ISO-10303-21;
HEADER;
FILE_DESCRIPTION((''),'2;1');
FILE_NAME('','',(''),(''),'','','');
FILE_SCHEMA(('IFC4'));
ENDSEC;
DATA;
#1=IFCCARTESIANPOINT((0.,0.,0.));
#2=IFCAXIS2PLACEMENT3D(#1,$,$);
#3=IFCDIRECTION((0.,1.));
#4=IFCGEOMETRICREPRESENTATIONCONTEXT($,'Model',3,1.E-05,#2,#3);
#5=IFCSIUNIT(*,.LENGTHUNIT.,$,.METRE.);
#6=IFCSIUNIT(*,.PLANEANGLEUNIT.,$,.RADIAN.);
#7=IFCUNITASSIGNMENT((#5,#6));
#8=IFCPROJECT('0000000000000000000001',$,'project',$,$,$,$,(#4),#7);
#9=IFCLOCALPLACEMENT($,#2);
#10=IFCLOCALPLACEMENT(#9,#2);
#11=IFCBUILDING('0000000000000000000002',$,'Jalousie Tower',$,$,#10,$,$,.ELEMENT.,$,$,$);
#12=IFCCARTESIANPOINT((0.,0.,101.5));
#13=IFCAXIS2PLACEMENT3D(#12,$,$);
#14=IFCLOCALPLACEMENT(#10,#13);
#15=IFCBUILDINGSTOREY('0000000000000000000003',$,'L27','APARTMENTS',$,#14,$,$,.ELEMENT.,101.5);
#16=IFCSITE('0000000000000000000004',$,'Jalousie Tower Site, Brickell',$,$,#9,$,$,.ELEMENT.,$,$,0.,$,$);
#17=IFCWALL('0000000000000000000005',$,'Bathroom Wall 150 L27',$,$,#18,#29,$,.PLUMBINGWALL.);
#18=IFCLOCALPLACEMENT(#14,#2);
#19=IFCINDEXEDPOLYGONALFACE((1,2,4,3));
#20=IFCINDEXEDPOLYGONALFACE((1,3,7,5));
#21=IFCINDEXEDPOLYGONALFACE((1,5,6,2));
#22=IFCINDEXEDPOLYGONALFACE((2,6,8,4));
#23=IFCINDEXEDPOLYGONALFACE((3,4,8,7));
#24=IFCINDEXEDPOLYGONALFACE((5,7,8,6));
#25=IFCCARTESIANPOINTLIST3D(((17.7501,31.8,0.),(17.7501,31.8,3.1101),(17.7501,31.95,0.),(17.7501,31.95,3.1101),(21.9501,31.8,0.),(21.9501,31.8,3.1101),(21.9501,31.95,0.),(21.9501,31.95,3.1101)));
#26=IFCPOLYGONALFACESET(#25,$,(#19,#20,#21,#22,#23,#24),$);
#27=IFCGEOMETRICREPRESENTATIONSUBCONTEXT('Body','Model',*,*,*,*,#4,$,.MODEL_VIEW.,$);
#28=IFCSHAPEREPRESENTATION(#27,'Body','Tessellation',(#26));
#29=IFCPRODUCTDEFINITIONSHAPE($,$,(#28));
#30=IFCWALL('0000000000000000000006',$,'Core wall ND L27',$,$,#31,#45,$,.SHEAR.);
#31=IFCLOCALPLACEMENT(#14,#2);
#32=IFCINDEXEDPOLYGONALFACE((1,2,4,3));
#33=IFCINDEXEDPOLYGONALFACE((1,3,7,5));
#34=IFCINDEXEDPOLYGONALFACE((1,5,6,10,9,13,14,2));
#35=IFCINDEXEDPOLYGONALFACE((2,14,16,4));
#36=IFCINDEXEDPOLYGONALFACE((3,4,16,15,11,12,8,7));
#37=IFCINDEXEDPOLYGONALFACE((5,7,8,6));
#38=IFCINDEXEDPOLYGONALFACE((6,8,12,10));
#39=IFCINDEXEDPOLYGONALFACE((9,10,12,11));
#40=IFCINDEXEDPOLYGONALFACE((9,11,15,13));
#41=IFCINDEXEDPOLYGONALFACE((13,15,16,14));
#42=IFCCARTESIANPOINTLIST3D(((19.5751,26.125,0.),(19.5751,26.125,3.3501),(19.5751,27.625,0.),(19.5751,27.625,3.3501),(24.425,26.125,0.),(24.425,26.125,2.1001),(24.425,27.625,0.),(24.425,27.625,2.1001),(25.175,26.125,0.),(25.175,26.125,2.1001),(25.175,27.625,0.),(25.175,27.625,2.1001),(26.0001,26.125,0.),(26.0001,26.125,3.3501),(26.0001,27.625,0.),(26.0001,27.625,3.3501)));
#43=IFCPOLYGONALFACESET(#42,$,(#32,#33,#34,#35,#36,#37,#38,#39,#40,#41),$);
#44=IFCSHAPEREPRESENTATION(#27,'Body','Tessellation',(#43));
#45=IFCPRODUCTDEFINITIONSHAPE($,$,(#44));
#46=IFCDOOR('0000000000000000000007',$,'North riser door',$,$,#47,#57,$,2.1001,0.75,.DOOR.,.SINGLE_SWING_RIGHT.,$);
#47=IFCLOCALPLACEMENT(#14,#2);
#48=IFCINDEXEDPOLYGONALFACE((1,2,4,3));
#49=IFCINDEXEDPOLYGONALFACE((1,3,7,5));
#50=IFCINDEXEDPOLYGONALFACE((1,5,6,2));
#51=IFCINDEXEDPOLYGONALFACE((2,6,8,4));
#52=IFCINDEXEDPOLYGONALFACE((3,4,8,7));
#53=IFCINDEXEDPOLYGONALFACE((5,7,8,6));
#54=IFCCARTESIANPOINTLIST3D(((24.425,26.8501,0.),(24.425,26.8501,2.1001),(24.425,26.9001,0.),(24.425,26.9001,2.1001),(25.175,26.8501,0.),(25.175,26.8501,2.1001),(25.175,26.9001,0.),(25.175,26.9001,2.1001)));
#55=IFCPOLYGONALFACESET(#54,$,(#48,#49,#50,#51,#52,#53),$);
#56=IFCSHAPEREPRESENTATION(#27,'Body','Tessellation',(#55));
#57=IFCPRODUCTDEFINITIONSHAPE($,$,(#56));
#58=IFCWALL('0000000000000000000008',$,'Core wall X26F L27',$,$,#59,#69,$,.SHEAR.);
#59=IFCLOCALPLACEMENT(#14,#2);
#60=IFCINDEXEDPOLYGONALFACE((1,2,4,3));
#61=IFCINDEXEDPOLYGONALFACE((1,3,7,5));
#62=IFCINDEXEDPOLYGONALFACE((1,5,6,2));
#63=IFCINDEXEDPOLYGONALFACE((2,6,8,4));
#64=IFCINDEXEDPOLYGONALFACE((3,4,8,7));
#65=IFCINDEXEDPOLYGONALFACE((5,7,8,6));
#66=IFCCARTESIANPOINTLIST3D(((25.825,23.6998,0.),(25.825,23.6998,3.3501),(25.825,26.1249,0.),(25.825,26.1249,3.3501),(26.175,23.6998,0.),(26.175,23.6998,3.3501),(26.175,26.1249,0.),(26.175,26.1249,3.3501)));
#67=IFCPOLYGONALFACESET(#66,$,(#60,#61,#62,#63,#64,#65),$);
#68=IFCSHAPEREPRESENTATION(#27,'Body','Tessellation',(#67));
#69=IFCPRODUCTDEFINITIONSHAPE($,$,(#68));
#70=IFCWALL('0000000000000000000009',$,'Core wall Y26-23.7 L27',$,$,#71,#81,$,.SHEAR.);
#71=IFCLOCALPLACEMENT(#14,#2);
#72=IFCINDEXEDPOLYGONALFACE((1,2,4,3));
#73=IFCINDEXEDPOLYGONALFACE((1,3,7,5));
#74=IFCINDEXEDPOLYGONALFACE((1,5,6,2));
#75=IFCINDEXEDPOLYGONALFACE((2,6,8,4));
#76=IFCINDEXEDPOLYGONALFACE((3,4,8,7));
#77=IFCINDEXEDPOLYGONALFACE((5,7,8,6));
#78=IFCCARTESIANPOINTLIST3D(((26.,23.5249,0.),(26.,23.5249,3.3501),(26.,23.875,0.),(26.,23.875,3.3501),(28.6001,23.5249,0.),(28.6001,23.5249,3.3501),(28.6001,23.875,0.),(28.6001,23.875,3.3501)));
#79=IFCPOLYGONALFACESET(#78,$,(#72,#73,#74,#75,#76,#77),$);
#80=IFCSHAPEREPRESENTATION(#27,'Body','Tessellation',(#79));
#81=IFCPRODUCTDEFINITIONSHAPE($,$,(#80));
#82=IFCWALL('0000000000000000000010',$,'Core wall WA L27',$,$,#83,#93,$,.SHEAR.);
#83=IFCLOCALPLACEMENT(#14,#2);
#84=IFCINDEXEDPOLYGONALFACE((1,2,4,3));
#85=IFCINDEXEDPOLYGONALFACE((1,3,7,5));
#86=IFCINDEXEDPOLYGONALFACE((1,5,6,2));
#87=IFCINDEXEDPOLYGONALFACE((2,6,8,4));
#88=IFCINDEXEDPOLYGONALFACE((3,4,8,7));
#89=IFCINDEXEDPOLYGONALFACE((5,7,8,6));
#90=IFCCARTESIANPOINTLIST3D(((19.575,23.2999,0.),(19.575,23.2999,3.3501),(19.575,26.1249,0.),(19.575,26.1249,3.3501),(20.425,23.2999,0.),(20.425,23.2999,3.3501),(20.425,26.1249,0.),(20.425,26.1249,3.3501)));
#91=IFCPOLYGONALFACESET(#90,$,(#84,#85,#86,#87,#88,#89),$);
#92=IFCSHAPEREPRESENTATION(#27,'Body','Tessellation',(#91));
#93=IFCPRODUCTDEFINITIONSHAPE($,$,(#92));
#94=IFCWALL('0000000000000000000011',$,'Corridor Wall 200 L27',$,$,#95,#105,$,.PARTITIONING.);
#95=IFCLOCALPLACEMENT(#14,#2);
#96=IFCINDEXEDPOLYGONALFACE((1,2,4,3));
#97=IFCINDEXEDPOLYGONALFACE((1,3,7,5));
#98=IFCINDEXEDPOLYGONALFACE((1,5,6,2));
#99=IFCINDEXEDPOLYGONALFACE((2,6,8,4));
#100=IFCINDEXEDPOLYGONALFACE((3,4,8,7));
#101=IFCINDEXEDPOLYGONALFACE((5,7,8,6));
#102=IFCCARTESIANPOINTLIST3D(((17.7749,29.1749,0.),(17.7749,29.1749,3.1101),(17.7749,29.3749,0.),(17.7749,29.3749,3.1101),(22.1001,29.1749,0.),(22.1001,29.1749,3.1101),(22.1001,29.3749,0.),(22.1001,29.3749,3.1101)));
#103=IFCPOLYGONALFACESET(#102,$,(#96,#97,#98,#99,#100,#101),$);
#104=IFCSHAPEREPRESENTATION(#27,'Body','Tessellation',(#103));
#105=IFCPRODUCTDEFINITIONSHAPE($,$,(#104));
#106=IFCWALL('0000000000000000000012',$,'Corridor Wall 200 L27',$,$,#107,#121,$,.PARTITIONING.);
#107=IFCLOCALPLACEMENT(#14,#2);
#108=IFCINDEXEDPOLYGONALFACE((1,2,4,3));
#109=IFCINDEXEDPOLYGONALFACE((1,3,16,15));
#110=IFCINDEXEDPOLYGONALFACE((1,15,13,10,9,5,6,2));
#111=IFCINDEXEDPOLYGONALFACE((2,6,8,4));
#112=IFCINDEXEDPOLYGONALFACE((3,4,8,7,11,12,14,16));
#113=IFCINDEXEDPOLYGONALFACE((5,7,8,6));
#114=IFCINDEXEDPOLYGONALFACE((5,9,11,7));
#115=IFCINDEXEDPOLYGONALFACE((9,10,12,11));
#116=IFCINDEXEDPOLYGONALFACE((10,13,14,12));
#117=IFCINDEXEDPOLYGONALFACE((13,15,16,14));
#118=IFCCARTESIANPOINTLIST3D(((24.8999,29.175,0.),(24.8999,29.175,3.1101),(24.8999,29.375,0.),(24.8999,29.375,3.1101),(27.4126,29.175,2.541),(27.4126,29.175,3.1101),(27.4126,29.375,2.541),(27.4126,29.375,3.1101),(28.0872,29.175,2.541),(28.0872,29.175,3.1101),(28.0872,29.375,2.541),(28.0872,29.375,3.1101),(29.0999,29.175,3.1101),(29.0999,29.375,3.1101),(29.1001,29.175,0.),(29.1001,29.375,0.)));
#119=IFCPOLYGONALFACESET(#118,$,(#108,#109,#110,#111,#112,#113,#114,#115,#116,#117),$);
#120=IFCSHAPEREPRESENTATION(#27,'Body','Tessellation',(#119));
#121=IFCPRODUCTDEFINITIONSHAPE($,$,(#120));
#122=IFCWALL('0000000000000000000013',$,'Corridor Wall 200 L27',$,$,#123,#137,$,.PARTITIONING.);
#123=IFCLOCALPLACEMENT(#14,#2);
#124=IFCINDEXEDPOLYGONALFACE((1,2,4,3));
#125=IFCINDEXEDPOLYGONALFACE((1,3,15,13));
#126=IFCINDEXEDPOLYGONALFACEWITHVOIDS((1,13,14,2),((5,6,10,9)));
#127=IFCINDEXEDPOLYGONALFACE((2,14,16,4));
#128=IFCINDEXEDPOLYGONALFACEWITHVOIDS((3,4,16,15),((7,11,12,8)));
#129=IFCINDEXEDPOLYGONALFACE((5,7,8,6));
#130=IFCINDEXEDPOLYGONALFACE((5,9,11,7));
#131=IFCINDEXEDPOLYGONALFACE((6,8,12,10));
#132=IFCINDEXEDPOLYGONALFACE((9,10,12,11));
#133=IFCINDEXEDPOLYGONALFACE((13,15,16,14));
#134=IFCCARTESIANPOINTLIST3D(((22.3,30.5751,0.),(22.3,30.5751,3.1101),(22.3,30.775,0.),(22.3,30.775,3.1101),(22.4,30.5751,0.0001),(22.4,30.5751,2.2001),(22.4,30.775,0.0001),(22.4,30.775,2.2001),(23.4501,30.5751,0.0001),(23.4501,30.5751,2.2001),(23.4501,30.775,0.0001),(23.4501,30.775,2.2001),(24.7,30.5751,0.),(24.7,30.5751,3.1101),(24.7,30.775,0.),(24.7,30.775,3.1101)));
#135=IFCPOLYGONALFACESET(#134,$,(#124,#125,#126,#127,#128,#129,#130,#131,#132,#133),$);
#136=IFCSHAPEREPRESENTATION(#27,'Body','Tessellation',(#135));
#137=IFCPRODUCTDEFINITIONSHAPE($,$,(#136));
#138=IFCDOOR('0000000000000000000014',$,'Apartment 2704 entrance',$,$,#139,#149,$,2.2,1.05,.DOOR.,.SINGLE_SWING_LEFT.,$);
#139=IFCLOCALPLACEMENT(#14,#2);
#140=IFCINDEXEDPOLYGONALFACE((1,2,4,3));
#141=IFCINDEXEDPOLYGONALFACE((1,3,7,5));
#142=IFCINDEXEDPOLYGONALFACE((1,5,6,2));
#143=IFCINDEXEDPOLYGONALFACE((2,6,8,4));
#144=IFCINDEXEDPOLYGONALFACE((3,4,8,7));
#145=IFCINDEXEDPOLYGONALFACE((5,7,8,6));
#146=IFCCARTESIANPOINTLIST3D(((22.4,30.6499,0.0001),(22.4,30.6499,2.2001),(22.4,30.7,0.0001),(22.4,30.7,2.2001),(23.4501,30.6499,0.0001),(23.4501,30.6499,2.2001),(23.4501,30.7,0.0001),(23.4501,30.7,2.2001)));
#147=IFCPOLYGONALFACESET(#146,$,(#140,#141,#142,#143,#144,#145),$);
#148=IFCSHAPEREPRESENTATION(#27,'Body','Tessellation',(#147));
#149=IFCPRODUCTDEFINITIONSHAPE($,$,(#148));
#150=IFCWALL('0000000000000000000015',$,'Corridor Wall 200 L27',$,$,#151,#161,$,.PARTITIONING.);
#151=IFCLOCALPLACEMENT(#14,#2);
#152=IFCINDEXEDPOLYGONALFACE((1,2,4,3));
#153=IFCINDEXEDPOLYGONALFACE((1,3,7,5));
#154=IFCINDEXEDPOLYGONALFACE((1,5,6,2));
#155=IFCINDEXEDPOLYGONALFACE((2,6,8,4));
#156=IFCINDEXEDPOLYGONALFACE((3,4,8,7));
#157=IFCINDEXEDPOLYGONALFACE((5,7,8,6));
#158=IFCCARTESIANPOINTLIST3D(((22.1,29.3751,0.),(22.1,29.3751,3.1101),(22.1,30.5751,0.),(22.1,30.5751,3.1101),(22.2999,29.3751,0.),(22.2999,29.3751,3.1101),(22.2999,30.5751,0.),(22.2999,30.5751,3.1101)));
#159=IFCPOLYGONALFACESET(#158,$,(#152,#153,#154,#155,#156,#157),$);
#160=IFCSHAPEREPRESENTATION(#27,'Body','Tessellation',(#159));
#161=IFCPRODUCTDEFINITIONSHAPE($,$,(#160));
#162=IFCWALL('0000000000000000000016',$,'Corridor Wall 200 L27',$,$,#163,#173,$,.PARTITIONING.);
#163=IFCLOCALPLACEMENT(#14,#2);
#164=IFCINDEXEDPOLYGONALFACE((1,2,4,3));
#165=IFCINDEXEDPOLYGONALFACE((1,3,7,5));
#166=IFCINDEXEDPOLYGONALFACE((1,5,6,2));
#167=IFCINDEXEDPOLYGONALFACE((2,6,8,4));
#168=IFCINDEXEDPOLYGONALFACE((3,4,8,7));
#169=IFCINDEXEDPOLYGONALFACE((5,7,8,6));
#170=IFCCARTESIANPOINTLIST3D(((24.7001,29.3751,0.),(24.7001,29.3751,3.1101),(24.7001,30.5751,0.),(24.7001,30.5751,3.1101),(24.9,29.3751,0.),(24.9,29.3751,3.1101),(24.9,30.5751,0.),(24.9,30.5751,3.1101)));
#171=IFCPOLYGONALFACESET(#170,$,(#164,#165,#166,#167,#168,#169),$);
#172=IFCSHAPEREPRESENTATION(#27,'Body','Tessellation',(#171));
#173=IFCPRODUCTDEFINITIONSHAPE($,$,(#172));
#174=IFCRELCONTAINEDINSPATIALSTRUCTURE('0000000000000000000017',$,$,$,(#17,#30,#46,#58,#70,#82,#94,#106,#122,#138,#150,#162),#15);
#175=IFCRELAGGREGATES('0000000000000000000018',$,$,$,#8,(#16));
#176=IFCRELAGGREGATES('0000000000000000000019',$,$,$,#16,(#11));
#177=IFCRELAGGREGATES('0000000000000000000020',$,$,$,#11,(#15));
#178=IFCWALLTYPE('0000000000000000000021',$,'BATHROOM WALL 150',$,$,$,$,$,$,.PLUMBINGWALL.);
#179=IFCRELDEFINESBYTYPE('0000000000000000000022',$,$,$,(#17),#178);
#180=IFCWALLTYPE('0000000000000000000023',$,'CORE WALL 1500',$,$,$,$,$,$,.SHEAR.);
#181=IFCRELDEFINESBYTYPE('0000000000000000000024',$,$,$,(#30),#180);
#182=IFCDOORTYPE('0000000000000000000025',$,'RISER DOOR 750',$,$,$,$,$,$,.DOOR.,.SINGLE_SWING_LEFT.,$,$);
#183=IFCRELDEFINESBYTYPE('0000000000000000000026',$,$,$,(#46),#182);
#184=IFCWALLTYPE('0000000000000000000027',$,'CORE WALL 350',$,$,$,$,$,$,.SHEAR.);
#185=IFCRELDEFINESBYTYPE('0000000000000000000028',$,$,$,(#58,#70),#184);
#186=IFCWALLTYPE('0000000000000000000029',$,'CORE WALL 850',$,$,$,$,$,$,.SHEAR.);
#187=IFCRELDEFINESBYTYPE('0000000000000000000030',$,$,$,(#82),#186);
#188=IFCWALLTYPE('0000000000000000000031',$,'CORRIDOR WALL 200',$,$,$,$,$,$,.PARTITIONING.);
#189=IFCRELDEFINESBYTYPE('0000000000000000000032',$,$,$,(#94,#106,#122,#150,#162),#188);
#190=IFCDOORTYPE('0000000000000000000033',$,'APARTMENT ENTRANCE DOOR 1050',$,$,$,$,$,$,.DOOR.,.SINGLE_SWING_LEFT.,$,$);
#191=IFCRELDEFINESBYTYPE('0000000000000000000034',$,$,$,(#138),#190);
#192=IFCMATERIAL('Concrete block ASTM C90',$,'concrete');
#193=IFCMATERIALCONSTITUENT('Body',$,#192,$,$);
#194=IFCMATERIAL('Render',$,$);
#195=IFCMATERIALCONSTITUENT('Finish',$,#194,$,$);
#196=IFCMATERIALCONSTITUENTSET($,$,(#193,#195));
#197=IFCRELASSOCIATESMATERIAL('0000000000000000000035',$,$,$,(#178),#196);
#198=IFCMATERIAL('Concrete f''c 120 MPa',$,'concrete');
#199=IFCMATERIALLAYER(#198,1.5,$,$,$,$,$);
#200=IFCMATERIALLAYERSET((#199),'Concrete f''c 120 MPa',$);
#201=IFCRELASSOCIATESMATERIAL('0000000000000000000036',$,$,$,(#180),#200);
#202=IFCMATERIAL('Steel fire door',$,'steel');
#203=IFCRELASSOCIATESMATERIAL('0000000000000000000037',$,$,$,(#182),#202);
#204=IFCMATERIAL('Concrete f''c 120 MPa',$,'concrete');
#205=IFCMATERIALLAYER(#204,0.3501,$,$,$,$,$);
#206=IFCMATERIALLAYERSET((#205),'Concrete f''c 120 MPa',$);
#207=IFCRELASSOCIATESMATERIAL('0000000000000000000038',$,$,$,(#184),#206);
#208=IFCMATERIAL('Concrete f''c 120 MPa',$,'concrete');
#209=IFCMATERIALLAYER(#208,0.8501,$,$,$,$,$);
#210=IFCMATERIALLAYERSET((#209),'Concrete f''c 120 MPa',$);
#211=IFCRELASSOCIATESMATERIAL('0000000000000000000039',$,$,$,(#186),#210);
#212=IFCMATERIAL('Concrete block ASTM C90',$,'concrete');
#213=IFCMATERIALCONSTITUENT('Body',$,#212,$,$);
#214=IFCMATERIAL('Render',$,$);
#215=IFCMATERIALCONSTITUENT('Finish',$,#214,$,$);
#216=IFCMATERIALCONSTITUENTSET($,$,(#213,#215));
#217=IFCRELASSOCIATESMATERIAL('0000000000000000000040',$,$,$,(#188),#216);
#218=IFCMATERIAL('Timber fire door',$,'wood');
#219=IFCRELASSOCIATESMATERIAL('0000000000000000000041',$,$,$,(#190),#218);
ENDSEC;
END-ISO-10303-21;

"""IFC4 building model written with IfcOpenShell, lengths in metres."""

from ifc_helpers import new_model, si_unit, direction, frame, frame_2d, origin, place, context, subcontext, project, spatial, polyline, rectangle, outline, extrude, material, layer, layer_set, constituent, constituent_set, type_object, element, fill, save


model = new_model("IFC4")

# Units and contexts
model_context = context("Model", 3, precision=1e-05, world=origin(), true_north=direction((0.0, 1.0)))
body_context = subcontext(model_context, "Body", "Model", "MODEL_VIEW")
ifc_project = project(units=[si_unit("LENGTHUNIT", "METRE"), si_unit("PLANEANGLEUNIT", "RADIAN")], contexts=[model_context])

# Site, building, storey
site_placement = place(None, origin())
site = spatial("IfcSite", under=ifc_project, at=site_placement, Name="Jalousie Tower Site, Brickell", CompositionType="ELEMENT", RefElevation=0.0)
building_placement = place(site_placement, origin())
building = spatial("IfcBuilding", under=site, at=building_placement, Name="Jalousie Tower", CompositionType="ELEMENT")
storey_placement = place(building_placement, frame((0.0, 0.0, 101.5)))
storey = spatial("IfcBuildingStorey", under=building, at=storey_placement, Name="L27", Description="APARTMENTS", CompositionType="ELEMENT", Elevation=101.5)

# Wall
ifc_material_1 = material(Name="Concrete block ASTM C90", Category="concrete")
ifc_constituent_1 = constituent(ifc_material_1, Name="Body")
ifc_material_2 = material(Name="Render")
ifc_constituent_2 = constituent(ifc_material_2, Name="Finish")
ifc_constituent_set_1 = constituent_set(constituents=[ifc_constituent_1, ifc_constituent_2])
wall_type_1 = type_object("IfcWallType", Name="BATHROOM WALL 150", PredefinedType="PLUMBINGWALL", material=ifc_constituent_set_1)
wall_1_placement = place(storey_placement, frame((17.75, 31.875, 0.0), z_axis=(0.0, 0.0, 1.0), x_axis=(1.0, 0.0, 0.0)))
element("IfcWall", 1, at=wall_1_placement, inside=storey, type_object=wall_type_1, Name="Bathroom Wall 150 L27", PredefinedType="PLUMBINGWALL", context=body_context, shape_type="SweptSolid", body=[
    extrude(rectangle(XDim=4.2, YDim=0.1499, at=frame_2d((2.1001, 0.0))), origin(), (0.0, 0.0, 1.0), 3.1101),
])

# Wall, opening, door
ifc_material_3 = material(Name="Concrete f'c 120 MPa", Category="concrete")
ifc_layer_1 = layer(ifc_material_3, 1.5)
ifc_layer_set_1 = layer_set([ifc_layer_1], Name="Concrete f'c 120 MPa")
wall_type_2 = type_object("IfcWallType", Name="CORE WALL 1500", PredefinedType="SHEAR", material=ifc_layer_set_1)
wall_2_placement = place(storey_placement, frame((26.0, 26.875, 0.0), z_axis=(0.0, 0.0, 1.0), x_axis=(-1.0, 0.0, 0.0)))
wall_2 = element("IfcWall", 2, at=wall_2_placement, inside=storey, type_object=wall_type_2, Name="Core wall ND L27", PredefinedType="SHEAR", context=body_context, shape_type="SweptSolid", body=[
    extrude(rectangle(XDim=6.425, YDim=1.5, at=frame_2d((3.2124, 0.0))), origin(), (0.0, 0.0, 1.0), 3.3501),
])
opening_1_placement = place(wall_2_placement, frame((0.825, 0.0, 0.0)))
opening_1 = element("IfcOpeningElement", 3, at=opening_1_placement, cuts=wall_2, PredefinedType="OPENING", context=body_context, shape_type="SweptSolid", body=[
    extrude(rectangle(XDim=0.75, YDim=2.1001, at=frame_2d((0.375, 1.05))), frame((0.0, 0.76, 0.0), z_axis=(0.0, -1.0, 0.0), x_axis=(1.0, 0.0, 0.0)), (0.0, 0.0, 1.0), 1.52),
])
ifc_material_4 = material(Name="Steel fire door", Category="steel")
door_type_1 = type_object("IfcDoorType", Name="RISER DOOR 750", OperationType="SINGLE_SWING_LEFT", PredefinedType="DOOR", material=ifc_material_4)
door_1_placement = place(opening_1_placement, origin())
door_1 = element("IfcDoor", 4, at=door_1_placement, inside=storey, type_object=door_type_1, Name="North riser door", OperationType="SINGLE_SWING_RIGHT", OverallHeight=2.1001, OverallWidth=0.75, PredefinedType="DOOR", context=body_context, shape_type="SweptSolid", body=[
    extrude(rectangle(XDim=0.75, YDim=2.1001, at=frame_2d((0.375, 1.05))), frame((0.0, 0.0249, 0.0), z_axis=(0.0, -1.0, 0.0), x_axis=(1.0, 0.0, 0.0)), (0.0, 0.0, 1.0), 0.05),
])
fill(opening_1, door_1)

# Walls
ifc_material_5 = material(Name="Concrete f'c 120 MPa", Category="concrete")
ifc_layer_2 = layer(ifc_material_5, 0.3501)
ifc_layer_set_2 = layer_set([ifc_layer_2], Name="Concrete f'c 120 MPa")
wall_type_3 = type_object("IfcWallType", Name="CORE WALL 350", PredefinedType="SHEAR", material=ifc_layer_set_2)
wall_3_placement = place(storey_placement, frame((26.0, 23.7, 0.0), z_axis=(0.0, 0.0, 1.0), x_axis=(0.0, 1.0, 0.0)))
element("IfcWall", 5, at=wall_3_placement, inside=storey, type_object=wall_type_3, Name="Core wall X26F L27", PredefinedType="SHEAR", context=body_context, shape_type="SweptSolid", body=[
    extrude(rectangle(XDim=2.425, YDim=0.3501, at=frame_2d((1.2124, 0.0))), origin(), (0.0, 0.0, 1.0), 3.3501),
])
wall_4_placement = place(storey_placement, frame((26.0, 23.7, 0.0), z_axis=(0.0, 0.0, 1.0), x_axis=(1.0, 0.0, 0.0)))
element("IfcWall", 6, at=wall_4_placement, inside=storey, type_object=wall_type_3, Name="Core wall Y26-23.7 L27", PredefinedType="SHEAR", context=body_context, shape_type="SweptSolid", body=[
    extrude(rectangle(XDim=2.6001, YDim=0.3501, at=frame_2d((1.3, 0.0))), origin(), (0.0, 0.0, 1.0), 3.3501),
])
ifc_material_6 = material(Name="Concrete f'c 120 MPa", Category="concrete")
ifc_layer_3 = layer(ifc_material_6, 0.8501)
ifc_layer_set_3 = layer_set([ifc_layer_3], Name="Concrete f'c 120 MPa")
wall_type_4 = type_object("IfcWallType", Name="CORE WALL 850", PredefinedType="SHEAR", material=ifc_layer_set_3)
wall_5_placement = place(storey_placement, frame((20.0, 26.125, 0.0), z_axis=(0.0, 0.0, 1.0), x_axis=(0.0, -1.0, 0.0)))
element("IfcWall", 7, at=wall_5_placement, inside=storey, type_object=wall_type_4, Name="Core wall WA L27", PredefinedType="SHEAR", context=body_context, shape_type="SweptSolid", body=[
    extrude(rectangle(XDim=2.825, YDim=0.8501, at=frame_2d((1.4126, 0.0))), origin(), (0.0, 0.0, 1.0), 3.3501),
])
ifc_material_7 = material(Name="Concrete block ASTM C90", Category="concrete")
ifc_constituent_3 = constituent(ifc_material_7, Name="Body")
ifc_material_8 = material(Name="Render")
ifc_constituent_4 = constituent(ifc_material_8, Name="Finish")
ifc_constituent_set_2 = constituent_set(constituents=[ifc_constituent_3, ifc_constituent_4])
wall_type_5 = type_object("IfcWallType", Name="CORRIDOR WALL 200", PredefinedType="PARTITIONING", material=ifc_constituent_set_2)
wall_6_placement = place(storey_placement, frame((17.7749, 29.2749, 0.0), z_axis=(0.0, 0.0, 1.0), x_axis=(1.0, 0.0, 0.0)))
element("IfcWall", 8, at=wall_6_placement, inside=storey, type_object=wall_type_5, Name="Corridor Wall 200 L27", PredefinedType="PARTITIONING", context=body_context, shape_type="SweptSolid", body=[
    extrude(rectangle(XDim=4.3252, YDim=0.2, at=frame_2d((2.1626, 0.0))), origin(), (0.0, 0.0, 1.0), 3.1101),
])
wall_7_placement = place(storey_placement, frame((24.8999, 29.2749, 0.0), z_axis=(0.0, 0.0, 1.0), x_axis=(1.0, 0.0, 0.0)))
element("IfcWall", 9, at=wall_7_placement, inside=storey, type_object=wall_type_5, Name="Corridor Wall 200 L27", PredefinedType="PARTITIONING", context=body_context, shape_type="SweptSolid", body=[
    extrude(outline(polyline([(0.0, 0.0), (4.2002, 0.0), (4.2, 3.1101), (3.1873, 3.1101), (3.1873, 2.541), (2.5127, 2.541), (2.5127, 3.1101), (0.0, 3.1101), (0.0, 0.0)])), frame((0.0, 0.1001, 0.0), z_axis=(0.0, -1.0, 0.0), x_axis=(1.0, 0.0, 0.0)), (0.0, 0.0, 1.0), 0.2),
])

# Wall, opening, door
wall_8_placement = place(storey_placement, frame((22.3, 30.675, 0.0), z_axis=(0.0, 0.0, 1.0), x_axis=(1.0, 0.0, 0.0)))
wall_8 = element("IfcWall", 10, at=wall_8_placement, inside=storey, type_object=wall_type_5, Name="Corridor Wall 200 L27", PredefinedType="PARTITIONING", context=body_context, shape_type="SweptSolid", body=[
    extrude(rectangle(XDim=2.3999, YDim=0.2, at=frame_2d((1.2, 0.0))), origin(), (0.0, 0.0, 1.0), 3.1101),
])
opening_2_placement = place(wall_8_placement, frame((0.1001, 0.0, 0.0)))
opening_2 = element("IfcOpeningElement", 11, at=opening_2_placement, cuts=wall_8, PredefinedType="OPENING", context=body_context, shape_type="SweptSolid", body=[
    extrude(rectangle(XDim=1.05, YDim=2.2, at=frame_2d((0.5249, 1.1001))), frame((0.0, 0.1099, 0.0), z_axis=(0.0, -1.0, 0.0), x_axis=(1.0, 0.0, 0.0)), (0.0, 0.0, 1.0), 0.22),
])
ifc_material_9 = material(Name="Timber fire door", Category="wood")
door_type_2 = type_object("IfcDoorType", Name="APARTMENT ENTRANCE DOOR 1050", OperationType="SINGLE_SWING_LEFT", PredefinedType="DOOR", material=ifc_material_9)
door_2_placement = place(opening_2_placement, origin())
door_2 = element("IfcDoor", 12, at=door_2_placement, inside=storey, type_object=door_type_2, Name="Apartment 2704 entrance", OperationType="SINGLE_SWING_LEFT", OverallHeight=2.2, OverallWidth=1.05, PredefinedType="DOOR", context=body_context, shape_type="SweptSolid", body=[
    extrude(rectangle(XDim=1.05, YDim=2.2, at=frame_2d((0.5249, 1.1001))), frame((0.0, 0.0249, 0.0), z_axis=(0.0, -1.0, 0.0), x_axis=(1.0, 0.0, 0.0)), (0.0, 0.0, 1.0), 0.05),
])
fill(opening_2, door_2)

# Walls
for number, where, z_axis, x_axis, name in (
    (13, (22.2, 29.375, 0.0), (0.0, 0.0, 1.0), (0.0, 1.0, 0.0), "Corridor Wall 200 L27"),
    (14, (24.8, 29.375, 0.0), (0.0, 0.0, 1.0), (0.0, 1.0, 0.0), "Corridor Wall 200 L27"),
):
    element("IfcWall", number, at=place(storey_placement, frame(where, z_axis=z_axis, x_axis=x_axis)), inside=storey, type_object=wall_type_5, Name=name, PredefinedType="PARTITIONING", context=body_context, shape_type="SweptSolid", body=[
        extrude(rectangle(XDim=1.2, YDim=0.2, at=frame_2d((0.6001, 0.0))), origin(), (0.0, 0.0, 1.0), 3.1101),
    ])

save(model, "model.ifc")
